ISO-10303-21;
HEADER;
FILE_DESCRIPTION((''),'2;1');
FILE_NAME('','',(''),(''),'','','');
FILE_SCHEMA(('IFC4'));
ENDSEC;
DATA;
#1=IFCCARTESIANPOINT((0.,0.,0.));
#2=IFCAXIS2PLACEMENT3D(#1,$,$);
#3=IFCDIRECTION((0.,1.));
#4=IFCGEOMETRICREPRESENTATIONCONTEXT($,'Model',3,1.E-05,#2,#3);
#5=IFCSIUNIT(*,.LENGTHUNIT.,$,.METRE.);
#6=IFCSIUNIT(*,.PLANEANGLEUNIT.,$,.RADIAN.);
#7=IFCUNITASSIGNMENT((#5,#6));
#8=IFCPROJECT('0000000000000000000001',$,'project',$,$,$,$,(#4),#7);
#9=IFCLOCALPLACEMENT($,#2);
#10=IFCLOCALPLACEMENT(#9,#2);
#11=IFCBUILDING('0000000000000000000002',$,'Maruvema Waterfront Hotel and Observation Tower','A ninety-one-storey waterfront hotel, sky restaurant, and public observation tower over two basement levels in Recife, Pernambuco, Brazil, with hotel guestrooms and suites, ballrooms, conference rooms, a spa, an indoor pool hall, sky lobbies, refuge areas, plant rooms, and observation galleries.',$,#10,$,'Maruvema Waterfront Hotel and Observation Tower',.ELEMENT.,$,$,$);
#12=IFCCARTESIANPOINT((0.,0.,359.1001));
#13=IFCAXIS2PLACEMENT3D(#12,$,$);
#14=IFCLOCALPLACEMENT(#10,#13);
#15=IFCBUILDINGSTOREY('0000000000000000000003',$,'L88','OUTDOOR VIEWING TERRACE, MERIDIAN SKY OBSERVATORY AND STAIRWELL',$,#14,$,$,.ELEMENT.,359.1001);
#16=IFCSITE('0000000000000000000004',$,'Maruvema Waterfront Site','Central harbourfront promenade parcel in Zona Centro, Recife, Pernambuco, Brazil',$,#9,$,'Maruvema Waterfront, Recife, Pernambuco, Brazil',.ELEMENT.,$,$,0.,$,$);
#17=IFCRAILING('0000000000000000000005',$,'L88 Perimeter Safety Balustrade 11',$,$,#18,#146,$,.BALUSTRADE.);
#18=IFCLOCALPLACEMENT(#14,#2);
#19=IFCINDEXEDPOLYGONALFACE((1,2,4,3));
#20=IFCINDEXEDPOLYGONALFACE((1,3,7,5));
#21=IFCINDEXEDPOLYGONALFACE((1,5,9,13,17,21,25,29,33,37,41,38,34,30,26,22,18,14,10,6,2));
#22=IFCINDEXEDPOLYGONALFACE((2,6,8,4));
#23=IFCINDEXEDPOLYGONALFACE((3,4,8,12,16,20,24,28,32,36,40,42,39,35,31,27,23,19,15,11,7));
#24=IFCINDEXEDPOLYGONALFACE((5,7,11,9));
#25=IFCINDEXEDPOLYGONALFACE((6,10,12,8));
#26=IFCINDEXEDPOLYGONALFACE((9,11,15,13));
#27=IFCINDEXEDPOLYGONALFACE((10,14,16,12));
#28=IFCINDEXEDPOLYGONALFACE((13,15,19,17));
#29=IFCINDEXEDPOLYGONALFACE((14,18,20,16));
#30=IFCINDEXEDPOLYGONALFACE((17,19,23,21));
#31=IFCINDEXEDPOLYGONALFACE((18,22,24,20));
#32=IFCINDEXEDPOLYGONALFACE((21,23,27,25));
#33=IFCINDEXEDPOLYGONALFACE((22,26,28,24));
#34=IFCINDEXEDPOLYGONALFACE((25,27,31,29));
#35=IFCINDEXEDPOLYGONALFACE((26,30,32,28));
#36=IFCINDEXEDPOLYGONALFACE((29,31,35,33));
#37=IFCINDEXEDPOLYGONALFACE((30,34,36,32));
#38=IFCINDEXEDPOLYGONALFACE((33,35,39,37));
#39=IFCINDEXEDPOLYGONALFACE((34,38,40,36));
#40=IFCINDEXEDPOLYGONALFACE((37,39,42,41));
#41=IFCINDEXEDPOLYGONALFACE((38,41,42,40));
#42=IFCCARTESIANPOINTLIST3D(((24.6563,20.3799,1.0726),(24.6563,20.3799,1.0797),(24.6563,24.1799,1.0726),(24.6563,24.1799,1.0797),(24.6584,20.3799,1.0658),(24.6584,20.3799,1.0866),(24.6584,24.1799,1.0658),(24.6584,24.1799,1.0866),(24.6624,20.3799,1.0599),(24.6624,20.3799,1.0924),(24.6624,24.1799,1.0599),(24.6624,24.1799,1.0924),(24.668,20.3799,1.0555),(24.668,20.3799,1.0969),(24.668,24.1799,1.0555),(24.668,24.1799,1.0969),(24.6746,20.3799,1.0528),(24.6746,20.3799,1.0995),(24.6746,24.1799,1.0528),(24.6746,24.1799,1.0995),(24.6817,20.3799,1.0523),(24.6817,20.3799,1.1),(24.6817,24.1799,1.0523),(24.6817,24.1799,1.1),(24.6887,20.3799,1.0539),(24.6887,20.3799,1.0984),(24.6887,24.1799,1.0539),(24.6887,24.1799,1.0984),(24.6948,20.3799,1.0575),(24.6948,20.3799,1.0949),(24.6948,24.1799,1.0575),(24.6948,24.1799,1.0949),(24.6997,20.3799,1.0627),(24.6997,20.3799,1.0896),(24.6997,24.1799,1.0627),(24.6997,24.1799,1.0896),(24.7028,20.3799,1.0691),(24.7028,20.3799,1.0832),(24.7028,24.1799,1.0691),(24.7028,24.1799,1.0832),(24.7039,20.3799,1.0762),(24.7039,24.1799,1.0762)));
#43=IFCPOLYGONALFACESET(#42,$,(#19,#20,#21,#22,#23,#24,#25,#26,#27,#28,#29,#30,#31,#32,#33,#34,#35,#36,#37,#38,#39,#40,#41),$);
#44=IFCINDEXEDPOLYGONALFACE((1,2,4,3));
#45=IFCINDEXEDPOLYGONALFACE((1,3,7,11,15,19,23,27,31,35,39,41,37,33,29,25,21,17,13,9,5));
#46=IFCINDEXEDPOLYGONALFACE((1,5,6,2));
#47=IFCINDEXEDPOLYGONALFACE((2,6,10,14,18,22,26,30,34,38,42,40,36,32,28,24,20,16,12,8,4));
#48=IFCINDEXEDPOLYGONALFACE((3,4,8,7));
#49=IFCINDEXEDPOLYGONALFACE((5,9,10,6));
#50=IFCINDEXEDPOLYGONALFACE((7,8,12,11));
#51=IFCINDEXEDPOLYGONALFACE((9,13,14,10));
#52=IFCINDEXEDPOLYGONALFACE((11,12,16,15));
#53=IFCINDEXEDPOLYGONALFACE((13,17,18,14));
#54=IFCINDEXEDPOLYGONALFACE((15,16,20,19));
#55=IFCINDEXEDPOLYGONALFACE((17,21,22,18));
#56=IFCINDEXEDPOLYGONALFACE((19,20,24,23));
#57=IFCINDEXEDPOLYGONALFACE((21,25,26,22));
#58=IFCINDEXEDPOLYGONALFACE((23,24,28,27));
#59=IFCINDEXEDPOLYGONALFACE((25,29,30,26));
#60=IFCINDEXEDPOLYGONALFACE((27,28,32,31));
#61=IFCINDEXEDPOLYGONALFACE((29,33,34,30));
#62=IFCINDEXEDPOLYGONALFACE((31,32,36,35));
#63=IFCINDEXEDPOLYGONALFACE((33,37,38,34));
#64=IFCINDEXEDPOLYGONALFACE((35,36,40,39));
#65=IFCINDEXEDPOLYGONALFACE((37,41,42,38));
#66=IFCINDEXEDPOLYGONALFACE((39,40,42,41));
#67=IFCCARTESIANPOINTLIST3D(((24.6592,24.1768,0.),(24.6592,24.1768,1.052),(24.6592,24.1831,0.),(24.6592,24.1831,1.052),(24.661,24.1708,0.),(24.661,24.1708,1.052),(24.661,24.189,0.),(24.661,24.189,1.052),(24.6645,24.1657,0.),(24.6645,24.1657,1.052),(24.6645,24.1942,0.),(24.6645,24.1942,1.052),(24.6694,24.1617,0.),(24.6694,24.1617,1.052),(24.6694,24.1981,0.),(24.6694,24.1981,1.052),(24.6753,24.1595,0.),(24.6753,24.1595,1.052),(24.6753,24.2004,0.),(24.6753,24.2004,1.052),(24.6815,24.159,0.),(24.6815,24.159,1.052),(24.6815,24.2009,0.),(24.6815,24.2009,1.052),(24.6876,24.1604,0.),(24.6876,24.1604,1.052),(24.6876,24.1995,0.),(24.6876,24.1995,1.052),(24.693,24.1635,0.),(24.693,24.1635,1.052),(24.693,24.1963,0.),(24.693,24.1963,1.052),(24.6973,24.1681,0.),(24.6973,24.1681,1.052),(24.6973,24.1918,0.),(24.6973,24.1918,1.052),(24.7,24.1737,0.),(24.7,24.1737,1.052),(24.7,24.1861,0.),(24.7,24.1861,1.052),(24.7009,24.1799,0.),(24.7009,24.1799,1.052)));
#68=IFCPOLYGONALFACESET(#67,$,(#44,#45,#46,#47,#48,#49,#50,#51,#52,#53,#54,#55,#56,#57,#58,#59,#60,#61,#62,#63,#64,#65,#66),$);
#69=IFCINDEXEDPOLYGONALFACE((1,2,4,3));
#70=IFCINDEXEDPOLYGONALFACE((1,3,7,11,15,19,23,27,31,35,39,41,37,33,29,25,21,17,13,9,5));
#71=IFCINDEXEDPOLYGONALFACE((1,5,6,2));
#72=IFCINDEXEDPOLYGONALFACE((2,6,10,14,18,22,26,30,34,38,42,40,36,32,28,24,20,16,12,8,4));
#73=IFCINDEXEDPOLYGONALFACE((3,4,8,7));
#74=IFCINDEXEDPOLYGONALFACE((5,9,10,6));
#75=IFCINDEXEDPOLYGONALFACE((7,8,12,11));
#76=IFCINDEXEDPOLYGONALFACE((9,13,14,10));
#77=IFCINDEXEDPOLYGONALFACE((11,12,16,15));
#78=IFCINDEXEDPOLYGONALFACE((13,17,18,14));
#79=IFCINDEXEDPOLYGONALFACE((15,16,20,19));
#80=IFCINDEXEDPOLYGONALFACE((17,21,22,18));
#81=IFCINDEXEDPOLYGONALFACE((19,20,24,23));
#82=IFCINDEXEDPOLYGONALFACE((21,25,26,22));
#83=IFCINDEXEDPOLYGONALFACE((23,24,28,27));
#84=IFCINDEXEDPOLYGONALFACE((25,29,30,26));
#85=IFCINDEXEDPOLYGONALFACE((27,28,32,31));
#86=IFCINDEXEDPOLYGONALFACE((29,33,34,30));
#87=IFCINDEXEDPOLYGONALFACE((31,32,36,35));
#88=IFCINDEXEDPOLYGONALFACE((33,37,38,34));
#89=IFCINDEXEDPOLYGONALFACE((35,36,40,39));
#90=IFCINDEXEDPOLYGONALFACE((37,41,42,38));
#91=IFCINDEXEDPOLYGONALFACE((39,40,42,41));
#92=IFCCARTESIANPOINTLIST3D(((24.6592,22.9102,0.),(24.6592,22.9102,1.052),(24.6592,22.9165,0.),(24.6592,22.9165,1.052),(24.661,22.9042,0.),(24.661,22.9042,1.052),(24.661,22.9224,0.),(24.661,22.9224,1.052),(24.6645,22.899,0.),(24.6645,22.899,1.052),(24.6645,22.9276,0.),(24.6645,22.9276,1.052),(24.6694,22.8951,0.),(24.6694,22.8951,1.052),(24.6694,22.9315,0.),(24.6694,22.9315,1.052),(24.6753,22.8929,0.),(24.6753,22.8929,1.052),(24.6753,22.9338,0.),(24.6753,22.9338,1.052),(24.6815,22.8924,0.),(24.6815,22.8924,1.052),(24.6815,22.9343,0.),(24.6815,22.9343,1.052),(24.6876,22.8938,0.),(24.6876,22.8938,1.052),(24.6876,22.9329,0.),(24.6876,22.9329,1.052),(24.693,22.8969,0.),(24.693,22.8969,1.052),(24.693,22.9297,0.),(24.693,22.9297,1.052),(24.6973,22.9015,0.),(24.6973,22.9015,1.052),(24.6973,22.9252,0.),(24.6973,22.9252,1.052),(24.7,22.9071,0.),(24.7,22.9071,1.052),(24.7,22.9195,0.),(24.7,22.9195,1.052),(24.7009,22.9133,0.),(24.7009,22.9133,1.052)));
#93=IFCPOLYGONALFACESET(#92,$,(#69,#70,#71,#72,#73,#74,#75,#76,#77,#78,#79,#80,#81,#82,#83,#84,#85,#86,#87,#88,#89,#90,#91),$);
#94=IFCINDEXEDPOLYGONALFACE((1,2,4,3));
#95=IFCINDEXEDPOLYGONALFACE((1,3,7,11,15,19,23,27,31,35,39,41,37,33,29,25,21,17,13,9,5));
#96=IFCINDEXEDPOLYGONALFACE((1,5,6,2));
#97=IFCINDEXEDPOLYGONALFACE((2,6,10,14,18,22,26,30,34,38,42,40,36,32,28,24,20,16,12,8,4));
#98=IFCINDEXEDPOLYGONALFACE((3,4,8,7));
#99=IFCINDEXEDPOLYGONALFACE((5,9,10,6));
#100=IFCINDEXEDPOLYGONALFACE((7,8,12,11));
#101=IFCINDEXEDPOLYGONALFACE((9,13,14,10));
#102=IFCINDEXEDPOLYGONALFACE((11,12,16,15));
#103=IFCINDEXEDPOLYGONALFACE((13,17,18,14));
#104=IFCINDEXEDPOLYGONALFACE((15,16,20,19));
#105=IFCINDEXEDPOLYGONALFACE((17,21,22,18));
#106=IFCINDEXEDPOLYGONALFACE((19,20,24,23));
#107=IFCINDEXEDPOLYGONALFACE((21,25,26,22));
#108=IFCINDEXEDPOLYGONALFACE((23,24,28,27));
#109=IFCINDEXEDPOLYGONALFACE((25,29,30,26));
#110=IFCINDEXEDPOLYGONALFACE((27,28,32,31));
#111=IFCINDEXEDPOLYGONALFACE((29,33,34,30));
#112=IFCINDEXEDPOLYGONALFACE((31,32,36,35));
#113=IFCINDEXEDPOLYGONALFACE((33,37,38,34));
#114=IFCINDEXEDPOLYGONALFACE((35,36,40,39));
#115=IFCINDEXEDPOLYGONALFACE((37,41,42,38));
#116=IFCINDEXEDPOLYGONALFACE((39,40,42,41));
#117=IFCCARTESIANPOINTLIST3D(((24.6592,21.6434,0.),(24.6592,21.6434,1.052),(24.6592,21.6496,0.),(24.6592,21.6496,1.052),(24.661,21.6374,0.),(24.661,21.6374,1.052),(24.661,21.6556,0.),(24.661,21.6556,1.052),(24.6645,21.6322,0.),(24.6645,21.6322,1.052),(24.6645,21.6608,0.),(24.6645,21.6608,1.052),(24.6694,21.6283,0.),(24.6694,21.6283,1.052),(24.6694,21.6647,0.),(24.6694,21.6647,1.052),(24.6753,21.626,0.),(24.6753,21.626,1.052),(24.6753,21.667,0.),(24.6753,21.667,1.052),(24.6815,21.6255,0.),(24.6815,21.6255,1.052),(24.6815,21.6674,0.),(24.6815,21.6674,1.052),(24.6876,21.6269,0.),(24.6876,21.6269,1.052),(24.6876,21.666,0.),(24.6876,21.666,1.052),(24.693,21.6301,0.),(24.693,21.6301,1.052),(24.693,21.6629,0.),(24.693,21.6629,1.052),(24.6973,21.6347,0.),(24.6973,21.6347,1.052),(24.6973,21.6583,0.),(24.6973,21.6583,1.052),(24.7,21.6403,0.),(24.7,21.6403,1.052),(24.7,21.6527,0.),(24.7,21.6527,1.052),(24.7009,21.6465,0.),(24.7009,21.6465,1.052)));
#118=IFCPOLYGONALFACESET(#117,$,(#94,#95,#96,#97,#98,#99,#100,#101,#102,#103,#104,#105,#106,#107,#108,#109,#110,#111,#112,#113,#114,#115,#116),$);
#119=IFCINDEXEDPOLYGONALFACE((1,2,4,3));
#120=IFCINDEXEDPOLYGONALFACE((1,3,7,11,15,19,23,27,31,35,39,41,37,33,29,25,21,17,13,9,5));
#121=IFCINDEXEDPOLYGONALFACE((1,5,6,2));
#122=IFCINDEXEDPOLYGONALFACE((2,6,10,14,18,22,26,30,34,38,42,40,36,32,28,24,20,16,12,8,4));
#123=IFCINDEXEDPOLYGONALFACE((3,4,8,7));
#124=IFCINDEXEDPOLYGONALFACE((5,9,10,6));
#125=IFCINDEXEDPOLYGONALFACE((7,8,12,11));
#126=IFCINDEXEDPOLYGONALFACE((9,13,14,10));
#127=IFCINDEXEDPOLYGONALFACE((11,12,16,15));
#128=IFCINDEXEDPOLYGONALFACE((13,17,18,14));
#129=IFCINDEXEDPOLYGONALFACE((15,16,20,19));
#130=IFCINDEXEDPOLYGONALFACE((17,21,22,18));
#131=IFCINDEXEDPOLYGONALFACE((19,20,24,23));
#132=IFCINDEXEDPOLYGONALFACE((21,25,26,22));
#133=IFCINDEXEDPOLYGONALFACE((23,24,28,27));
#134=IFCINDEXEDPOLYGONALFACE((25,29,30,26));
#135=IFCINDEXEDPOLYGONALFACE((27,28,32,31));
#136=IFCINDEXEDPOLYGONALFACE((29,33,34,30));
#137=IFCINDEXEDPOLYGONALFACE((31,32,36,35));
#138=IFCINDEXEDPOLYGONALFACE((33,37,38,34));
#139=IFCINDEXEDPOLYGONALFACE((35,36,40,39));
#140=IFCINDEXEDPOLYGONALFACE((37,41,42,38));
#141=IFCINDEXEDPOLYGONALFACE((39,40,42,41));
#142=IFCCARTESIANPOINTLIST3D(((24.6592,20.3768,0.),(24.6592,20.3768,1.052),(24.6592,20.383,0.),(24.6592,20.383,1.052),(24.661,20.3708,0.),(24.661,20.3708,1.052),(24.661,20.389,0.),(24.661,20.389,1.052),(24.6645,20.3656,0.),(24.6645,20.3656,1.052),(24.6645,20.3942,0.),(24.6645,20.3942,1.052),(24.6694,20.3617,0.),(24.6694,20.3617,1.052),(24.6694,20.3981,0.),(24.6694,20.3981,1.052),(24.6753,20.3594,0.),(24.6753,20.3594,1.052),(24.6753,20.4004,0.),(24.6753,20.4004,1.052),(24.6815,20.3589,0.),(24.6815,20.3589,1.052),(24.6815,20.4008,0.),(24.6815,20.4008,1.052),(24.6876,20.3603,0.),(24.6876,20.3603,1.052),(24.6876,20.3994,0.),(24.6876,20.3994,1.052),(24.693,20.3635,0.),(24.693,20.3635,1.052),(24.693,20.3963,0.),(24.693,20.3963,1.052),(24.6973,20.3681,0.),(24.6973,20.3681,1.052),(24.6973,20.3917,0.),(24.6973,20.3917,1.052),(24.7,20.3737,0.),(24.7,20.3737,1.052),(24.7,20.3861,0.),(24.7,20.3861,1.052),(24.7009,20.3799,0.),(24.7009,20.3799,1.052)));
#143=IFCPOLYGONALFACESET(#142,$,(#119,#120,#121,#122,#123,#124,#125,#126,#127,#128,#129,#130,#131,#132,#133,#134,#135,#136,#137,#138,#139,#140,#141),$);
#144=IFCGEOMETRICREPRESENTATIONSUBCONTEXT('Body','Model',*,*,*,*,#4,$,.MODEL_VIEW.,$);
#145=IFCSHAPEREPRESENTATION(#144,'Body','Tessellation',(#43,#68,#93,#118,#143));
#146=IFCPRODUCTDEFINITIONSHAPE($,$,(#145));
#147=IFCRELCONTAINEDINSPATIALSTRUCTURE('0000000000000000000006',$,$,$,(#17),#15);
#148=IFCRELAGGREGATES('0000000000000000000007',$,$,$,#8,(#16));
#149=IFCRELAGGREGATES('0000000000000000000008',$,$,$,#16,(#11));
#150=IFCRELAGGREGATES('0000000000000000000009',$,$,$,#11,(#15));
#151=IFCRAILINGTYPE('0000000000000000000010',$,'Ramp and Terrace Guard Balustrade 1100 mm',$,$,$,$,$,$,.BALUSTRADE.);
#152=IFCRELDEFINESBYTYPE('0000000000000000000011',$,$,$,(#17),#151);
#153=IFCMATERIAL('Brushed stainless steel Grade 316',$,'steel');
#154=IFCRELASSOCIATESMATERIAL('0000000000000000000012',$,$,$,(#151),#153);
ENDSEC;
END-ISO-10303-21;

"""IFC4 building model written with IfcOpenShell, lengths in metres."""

from ifc_helpers import new_model, si_unit, direction, frame, origin, origin_2d, place, context, subcontext, project, spatial, circle, extrude, material, type_object, element, save


model = new_model("IFC4")

# Units and contexts
model_context = context("Model", 3, precision=1e-05, world=origin(), true_north=direction((0.0, 1.0)))
body_context = subcontext(model_context, "Body", "Model", "MODEL_VIEW")
ifc_project = project(units=[si_unit("LENGTHUNIT", "METRE"), si_unit("PLANEANGLEUNIT", "RADIAN")], contexts=[model_context])

# Site, building, storey
site_placement = place(None, origin())
site = spatial("IfcSite", under=ifc_project, at=site_placement, Name="Maruvema Waterfront Site", Description="Central harbourfront promenade parcel in Zona Centro, Recife, Pernambuco, Brazil", LongName="Maruvema Waterfront, Recife, Pernambuco, Brazil", CompositionType="ELEMENT", RefElevation=0.0)
building_placement = place(site_placement, origin())
building = spatial("IfcBuilding", under=site, at=building_placement, Name="Maruvema Waterfront Hotel and Observation Tower", Description="A ninety-one-storey waterfront hotel, sky restaurant, and public observation tower over two basement levels in Recife, Pernambuco, Brazil, with hotel guestrooms and suites, ballrooms, conference rooms, a spa, an indoor pool hall, sky lobbies, refuge areas, plant rooms, and observation galleries.", LongName="Maruvema Waterfront Hotel and Observation Tower", CompositionType="ELEMENT")
storey_placement = place(building_placement, frame((0.0, 0.0, 359.1001)))
storey = spatial("IfcBuildingStorey", under=building, at=storey_placement, Name="L88", Description="OUTDOOR VIEWING TERRACE, MERIDIAN SKY OBSERVATORY AND STAIRWELL", CompositionType="ELEMENT", Elevation=359.1001)

# Railing
ifc_material_1 = material(Name="Brushed stainless steel Grade 316", Category="steel")
railing_type = type_object("IfcRailingType", Name="Ramp and Terrace Guard Balustrade 1100 mm", PredefinedType="BALUSTRADE", material=ifc_material_1)
railing_1_placement = place(storey_placement, frame((24.6799, 24.1799, 0.0)))
element("IfcRailing", 1, at=railing_1_placement, inside=storey, type_object=railing_type, Name="L88 Perimeter Safety Balustrade 11", PredefinedType="BALUSTRADE", context=body_context, shape_type="SweptSolid", body=[
    extrude(circle(Radius=0.0239, at=origin_2d()), frame((0.0, 0.0, 1.0762), z_axis=(0.0, -1.0, 0.0), x_axis=(1.0, 0.0, 0.0)), (0.0, 0.0, 1.0), 3.8),
    extrude(circle(Radius=0.021, at=origin_2d()), origin(), (0.0, 0.0, 1.0), 1.052),
    extrude(circle(Radius=0.021, at=origin_2d()), frame((0.0, -1.2666, 0.0)), (0.0, 0.0, 1.0), 1.052),
    extrude(circle(Radius=0.021, at=origin_2d()), frame((0.0, -2.5334, 0.0)), (0.0, 0.0, 1.0), 1.052),
    extrude(circle(Radius=0.021, at=origin_2d()), frame((0.0, -3.8, 0.0)), (0.0, 0.0, 1.0), 1.052),
])

save(model, "model.ifc")
